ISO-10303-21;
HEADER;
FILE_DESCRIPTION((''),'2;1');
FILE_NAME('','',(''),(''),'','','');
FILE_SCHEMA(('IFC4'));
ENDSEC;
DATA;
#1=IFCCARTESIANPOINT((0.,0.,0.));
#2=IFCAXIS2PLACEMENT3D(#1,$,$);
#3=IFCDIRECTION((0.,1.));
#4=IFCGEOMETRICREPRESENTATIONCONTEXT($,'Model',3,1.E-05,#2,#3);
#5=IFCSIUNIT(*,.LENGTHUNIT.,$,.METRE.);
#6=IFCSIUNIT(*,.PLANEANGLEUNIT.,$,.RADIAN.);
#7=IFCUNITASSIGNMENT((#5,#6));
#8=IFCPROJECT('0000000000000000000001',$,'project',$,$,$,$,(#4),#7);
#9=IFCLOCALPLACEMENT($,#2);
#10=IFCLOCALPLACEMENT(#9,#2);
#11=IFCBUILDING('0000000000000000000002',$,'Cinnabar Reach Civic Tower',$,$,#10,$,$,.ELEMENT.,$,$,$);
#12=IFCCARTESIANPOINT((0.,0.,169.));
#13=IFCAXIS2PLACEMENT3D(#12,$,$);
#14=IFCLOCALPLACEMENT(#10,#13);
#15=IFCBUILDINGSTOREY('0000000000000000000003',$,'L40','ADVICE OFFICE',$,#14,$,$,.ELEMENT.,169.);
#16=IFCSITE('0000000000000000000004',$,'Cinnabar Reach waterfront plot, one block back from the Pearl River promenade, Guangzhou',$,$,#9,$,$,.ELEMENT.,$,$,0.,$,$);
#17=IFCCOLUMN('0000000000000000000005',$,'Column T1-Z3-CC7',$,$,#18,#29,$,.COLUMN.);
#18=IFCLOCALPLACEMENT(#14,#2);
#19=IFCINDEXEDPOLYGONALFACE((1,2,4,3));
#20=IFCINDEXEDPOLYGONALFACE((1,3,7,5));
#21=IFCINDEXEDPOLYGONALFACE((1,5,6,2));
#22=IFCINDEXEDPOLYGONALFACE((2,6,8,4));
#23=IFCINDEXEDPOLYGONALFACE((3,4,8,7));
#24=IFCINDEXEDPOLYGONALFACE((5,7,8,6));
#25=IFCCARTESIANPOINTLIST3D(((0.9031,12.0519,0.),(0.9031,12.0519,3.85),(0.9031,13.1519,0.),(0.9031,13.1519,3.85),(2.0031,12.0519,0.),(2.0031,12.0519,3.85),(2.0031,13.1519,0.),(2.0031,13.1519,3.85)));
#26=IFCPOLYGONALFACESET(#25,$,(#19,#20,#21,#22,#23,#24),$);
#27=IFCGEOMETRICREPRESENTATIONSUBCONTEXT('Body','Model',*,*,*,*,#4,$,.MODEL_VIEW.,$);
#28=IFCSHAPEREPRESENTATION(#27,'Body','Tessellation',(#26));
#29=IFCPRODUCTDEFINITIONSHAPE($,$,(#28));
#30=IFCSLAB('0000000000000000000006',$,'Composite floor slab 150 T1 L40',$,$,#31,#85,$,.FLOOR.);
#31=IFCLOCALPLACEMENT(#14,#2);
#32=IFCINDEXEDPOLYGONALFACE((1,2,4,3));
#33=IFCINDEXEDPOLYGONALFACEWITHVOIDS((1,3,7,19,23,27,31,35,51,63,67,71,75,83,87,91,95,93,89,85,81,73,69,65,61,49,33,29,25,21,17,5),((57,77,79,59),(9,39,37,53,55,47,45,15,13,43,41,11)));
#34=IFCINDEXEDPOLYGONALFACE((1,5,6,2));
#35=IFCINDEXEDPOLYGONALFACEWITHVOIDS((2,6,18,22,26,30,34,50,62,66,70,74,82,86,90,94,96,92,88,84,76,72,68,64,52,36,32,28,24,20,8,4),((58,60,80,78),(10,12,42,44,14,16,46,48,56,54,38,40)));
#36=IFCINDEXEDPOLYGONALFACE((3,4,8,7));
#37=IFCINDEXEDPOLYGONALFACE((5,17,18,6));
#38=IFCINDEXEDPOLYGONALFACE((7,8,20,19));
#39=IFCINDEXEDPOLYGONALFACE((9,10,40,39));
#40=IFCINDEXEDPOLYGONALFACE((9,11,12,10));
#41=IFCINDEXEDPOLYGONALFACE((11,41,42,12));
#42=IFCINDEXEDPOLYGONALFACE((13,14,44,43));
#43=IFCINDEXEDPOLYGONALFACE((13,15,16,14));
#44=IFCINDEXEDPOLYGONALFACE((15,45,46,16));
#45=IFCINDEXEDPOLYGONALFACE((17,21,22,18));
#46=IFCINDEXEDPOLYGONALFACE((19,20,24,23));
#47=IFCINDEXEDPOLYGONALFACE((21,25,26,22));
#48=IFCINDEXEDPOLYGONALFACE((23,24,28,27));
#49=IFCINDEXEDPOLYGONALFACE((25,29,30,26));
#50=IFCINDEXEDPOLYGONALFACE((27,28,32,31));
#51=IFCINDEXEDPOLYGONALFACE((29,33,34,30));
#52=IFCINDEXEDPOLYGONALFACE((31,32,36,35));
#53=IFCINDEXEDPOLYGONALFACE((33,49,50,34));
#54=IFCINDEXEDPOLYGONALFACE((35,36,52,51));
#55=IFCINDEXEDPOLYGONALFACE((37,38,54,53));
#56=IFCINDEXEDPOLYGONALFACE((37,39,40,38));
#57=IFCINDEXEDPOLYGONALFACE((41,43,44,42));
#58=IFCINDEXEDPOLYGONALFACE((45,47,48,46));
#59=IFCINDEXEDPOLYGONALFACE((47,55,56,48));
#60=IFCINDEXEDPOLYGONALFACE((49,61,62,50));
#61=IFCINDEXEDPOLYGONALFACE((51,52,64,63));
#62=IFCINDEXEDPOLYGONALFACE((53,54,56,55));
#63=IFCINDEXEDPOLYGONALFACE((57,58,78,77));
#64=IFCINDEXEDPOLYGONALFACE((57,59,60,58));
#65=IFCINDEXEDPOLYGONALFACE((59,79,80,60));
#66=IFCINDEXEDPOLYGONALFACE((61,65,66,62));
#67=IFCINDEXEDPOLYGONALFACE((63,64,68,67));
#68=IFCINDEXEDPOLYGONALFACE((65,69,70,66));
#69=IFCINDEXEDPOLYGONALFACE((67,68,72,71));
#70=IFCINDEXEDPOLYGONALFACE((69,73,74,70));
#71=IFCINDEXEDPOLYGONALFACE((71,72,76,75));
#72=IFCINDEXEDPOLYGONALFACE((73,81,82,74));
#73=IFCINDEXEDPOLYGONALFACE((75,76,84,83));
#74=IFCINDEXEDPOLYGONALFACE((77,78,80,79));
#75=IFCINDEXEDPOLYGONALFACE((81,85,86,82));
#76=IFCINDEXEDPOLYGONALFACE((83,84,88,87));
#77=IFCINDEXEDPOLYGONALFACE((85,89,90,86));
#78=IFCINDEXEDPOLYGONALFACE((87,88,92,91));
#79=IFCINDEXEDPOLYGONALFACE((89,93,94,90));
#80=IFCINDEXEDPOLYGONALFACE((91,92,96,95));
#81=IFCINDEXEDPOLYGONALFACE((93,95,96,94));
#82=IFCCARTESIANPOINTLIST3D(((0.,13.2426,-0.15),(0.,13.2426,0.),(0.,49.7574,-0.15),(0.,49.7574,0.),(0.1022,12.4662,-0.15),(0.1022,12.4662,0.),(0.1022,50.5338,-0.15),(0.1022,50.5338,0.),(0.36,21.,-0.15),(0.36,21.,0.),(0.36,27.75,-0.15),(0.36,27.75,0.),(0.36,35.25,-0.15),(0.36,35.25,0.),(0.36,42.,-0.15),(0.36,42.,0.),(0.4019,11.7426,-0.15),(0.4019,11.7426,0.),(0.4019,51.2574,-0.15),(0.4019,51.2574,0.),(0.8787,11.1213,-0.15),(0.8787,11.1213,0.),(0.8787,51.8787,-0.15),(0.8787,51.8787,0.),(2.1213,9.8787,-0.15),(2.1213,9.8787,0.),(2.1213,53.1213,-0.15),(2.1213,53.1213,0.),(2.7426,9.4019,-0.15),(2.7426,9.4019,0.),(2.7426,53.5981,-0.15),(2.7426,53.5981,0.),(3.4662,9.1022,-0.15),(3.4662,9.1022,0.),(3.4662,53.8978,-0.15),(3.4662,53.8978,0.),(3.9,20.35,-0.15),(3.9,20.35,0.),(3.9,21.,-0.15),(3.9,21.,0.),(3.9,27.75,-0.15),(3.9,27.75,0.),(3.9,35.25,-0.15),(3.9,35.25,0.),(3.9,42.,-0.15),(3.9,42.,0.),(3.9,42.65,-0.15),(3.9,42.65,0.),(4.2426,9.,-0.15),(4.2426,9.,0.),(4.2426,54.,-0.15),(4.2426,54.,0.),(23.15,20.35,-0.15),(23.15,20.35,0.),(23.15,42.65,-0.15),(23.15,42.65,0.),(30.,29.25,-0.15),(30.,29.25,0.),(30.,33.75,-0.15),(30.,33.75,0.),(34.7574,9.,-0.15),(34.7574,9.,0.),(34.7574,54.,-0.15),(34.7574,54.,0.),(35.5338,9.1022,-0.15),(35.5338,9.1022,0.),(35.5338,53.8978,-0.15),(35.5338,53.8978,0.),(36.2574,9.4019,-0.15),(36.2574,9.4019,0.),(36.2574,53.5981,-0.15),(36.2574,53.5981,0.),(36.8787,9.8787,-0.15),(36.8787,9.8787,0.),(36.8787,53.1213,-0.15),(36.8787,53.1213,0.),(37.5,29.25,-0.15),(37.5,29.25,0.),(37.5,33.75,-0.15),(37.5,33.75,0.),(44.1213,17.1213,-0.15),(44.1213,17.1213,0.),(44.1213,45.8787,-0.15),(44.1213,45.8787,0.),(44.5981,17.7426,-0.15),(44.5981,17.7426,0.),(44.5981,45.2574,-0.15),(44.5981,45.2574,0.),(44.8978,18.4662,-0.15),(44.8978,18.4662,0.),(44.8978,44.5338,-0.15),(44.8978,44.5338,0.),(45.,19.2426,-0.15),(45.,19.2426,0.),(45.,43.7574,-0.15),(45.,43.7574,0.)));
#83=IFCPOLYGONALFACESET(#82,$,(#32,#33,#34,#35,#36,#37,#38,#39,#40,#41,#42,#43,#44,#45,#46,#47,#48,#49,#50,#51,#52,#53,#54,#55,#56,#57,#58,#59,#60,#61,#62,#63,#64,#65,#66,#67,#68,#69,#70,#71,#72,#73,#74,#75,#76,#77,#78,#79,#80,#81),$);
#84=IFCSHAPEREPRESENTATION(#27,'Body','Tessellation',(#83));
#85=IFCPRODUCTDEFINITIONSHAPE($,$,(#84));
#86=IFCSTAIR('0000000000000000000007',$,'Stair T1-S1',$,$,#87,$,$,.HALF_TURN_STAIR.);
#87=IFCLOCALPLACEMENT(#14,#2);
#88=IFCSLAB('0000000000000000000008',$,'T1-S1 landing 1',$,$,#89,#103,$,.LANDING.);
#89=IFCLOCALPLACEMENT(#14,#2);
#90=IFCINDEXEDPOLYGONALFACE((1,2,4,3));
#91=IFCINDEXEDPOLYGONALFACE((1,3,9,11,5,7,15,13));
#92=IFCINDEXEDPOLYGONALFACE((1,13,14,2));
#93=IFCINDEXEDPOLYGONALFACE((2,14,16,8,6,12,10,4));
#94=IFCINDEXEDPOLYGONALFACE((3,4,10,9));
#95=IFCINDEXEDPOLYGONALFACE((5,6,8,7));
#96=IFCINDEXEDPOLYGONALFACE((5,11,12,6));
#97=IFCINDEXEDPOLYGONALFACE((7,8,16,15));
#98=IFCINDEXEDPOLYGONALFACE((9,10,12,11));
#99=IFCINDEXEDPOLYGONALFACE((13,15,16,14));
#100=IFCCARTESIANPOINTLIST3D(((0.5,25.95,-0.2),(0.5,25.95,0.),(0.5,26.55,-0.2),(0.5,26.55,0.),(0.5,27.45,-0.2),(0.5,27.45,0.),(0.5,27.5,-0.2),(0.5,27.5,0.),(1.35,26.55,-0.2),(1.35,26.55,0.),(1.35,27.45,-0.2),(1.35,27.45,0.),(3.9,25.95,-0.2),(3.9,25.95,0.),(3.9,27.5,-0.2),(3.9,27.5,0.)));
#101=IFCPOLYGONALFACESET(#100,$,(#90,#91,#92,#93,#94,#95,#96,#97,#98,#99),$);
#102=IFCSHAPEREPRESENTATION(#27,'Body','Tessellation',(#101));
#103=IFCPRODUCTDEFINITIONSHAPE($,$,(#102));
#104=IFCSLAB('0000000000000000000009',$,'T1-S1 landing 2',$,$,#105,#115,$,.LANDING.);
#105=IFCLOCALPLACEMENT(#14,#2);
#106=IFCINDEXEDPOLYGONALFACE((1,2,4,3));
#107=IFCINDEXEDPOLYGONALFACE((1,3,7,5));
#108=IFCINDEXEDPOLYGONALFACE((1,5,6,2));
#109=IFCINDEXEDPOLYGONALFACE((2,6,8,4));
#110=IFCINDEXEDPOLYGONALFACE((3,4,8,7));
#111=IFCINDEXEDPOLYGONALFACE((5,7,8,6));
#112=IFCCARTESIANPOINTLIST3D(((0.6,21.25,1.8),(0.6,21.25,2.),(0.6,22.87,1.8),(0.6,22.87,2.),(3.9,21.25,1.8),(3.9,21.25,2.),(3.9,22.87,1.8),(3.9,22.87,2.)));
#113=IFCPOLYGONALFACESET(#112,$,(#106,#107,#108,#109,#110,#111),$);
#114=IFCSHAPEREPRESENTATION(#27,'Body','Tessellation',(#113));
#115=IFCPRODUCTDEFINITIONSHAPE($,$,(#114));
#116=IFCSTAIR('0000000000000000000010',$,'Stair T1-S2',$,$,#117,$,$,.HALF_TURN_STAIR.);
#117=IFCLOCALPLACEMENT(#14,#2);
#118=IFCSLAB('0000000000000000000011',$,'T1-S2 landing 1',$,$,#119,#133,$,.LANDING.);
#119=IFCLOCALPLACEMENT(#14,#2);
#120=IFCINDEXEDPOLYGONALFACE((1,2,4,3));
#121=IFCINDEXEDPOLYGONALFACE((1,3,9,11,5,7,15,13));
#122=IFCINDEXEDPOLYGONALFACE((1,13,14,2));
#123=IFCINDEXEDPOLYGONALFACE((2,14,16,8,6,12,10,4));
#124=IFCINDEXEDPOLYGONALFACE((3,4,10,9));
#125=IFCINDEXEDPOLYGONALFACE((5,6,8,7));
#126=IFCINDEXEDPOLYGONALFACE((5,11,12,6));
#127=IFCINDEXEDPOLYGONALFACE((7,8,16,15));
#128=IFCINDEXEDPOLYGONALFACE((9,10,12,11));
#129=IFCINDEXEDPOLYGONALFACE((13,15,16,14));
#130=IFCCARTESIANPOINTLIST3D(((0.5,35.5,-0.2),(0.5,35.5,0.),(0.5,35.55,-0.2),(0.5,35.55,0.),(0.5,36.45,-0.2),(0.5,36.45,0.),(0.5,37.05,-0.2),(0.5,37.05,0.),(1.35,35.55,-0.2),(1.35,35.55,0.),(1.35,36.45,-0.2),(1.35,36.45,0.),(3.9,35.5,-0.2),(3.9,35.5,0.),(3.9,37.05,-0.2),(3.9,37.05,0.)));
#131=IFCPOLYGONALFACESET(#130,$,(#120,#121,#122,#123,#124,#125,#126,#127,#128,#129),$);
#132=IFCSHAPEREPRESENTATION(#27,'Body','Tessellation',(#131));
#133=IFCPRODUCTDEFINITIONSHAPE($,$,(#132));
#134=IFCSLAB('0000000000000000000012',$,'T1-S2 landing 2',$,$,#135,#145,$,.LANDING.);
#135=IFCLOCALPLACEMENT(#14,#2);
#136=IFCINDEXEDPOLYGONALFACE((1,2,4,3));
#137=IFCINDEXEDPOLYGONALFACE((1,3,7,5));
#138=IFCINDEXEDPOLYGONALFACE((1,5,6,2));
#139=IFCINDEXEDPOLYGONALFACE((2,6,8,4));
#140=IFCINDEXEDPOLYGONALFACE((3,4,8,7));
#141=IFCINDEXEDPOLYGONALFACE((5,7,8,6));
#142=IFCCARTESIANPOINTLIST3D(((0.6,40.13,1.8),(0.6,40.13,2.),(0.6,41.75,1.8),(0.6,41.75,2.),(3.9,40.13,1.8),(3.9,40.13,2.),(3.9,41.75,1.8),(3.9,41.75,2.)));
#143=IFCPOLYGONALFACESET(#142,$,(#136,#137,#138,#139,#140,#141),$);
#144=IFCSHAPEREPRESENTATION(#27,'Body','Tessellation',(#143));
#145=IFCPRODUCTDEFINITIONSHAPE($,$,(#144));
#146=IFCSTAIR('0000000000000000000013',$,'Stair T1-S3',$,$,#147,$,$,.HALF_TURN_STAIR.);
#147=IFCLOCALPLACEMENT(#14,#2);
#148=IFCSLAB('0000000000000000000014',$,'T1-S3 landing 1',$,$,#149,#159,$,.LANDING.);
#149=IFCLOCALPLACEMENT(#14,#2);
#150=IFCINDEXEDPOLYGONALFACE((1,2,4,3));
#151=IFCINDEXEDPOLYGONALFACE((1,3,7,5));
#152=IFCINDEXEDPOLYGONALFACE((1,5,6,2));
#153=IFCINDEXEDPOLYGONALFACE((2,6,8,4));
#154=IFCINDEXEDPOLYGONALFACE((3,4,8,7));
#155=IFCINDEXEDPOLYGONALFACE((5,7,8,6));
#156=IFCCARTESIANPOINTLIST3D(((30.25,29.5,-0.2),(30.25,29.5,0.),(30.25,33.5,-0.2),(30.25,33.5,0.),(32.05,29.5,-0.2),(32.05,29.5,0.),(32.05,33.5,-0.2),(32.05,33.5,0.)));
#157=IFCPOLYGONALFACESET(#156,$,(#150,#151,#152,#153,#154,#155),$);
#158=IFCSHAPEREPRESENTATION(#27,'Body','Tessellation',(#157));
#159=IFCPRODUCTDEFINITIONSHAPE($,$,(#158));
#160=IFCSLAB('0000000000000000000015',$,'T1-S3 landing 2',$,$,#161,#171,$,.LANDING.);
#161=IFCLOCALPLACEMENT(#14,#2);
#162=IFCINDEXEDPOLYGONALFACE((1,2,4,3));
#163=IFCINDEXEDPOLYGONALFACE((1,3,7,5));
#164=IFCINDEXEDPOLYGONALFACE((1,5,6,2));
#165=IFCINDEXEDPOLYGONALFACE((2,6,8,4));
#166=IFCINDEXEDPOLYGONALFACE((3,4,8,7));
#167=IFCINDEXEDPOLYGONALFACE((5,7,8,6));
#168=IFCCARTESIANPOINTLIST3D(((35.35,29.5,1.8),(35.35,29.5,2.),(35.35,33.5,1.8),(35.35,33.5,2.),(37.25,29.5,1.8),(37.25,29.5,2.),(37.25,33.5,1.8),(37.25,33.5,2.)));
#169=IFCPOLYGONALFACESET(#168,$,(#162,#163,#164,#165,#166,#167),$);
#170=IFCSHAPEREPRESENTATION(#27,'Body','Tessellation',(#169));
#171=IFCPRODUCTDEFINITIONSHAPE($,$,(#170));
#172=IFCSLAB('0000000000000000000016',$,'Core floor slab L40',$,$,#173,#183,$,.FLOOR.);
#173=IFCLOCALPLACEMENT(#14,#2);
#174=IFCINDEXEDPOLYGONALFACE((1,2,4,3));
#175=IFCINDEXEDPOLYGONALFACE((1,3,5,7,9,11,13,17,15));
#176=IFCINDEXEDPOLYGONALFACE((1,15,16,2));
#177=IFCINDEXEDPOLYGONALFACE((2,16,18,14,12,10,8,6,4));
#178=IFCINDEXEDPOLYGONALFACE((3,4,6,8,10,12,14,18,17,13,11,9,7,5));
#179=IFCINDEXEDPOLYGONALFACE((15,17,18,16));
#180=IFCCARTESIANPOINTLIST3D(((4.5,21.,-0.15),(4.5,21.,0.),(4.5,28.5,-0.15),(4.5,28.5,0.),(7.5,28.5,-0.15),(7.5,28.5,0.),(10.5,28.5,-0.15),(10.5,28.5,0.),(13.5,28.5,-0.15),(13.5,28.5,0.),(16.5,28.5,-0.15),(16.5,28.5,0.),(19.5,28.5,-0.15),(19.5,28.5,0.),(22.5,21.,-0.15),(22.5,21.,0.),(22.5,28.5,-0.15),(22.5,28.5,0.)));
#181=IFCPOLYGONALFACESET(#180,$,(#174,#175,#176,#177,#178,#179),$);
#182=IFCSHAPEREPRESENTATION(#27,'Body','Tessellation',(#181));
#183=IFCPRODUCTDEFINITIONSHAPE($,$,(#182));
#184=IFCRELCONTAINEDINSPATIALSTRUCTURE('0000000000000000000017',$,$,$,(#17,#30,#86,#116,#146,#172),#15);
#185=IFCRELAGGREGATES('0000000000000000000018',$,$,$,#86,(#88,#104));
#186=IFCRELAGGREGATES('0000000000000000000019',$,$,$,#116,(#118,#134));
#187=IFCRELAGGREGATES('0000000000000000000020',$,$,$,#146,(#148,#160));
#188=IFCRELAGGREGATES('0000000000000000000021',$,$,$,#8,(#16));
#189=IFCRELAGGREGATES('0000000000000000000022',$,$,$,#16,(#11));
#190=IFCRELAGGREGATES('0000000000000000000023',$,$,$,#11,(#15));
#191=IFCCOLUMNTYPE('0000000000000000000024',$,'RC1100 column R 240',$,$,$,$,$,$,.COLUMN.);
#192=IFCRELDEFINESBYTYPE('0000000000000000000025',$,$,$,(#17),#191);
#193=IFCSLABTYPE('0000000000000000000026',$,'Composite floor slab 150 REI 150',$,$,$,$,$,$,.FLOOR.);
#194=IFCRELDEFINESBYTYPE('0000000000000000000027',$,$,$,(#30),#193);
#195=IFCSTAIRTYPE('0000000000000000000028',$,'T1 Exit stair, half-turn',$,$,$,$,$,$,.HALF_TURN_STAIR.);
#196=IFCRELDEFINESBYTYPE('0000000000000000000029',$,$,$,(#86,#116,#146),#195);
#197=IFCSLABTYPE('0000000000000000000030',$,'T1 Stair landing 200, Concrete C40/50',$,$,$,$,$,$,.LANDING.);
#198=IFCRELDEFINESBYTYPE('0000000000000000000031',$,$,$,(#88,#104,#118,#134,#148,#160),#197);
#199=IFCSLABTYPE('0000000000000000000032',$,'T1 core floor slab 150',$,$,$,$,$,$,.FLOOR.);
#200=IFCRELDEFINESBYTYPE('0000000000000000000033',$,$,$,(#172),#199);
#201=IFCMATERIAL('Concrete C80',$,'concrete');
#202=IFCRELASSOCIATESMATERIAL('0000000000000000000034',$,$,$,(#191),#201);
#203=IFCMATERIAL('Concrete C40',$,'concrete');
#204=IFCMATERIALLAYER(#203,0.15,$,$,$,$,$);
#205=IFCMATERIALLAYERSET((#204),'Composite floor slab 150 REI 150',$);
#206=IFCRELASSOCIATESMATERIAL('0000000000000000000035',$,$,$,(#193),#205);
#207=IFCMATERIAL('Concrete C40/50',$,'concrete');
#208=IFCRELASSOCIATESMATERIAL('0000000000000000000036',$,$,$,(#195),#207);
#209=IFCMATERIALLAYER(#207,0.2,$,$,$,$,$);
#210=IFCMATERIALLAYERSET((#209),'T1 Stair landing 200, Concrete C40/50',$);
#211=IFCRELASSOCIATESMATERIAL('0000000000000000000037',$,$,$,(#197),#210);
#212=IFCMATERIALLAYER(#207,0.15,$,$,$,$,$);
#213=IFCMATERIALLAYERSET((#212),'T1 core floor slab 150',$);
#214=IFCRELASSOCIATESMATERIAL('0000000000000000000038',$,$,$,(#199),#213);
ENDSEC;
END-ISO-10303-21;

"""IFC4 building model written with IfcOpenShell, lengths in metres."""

from ifc_helpers import new_model, si_unit, direction, frame, origin, origin_2d, place, context, subcontext, project, spatial, polyline, rectangle, outline, extrude, material, layer, layer_set, material_profile, profile_set, type_object, element, aggregate, save


model = new_model("IFC4")

# Units and contexts
model_context = context("Model", 3, precision=1e-05, world=origin(), true_north=direction((0.0, 1.0)))
body_context = subcontext(model_context, "Body", "Model", "MODEL_VIEW")
ifc_project = project(units=[si_unit("LENGTHUNIT", "METRE"), si_unit("PLANEANGLEUNIT", "RADIAN")], contexts=[model_context])

# Site, building, storey
site_placement = place(None, origin())
site = spatial("IfcSite", under=ifc_project, at=site_placement, Name="Cinnabar Reach waterfront plot, one block back from the Pearl River promenade, Guangzhou", CompositionType="ELEMENT", RefElevation=0.0)
building_placement = place(site_placement, origin())
building = spatial("IfcBuilding", under=site, at=building_placement, Name="Cinnabar Reach Civic Tower", CompositionType="ELEMENT")
storey_placement = place(building_placement, frame((0.0, 0.0, 169.0)))
storey = spatial("IfcBuildingStorey", under=building, at=storey_placement, Name="L40", Description="ADVICE OFFICE", CompositionType="ELEMENT", Elevation=169.0)

# Column
ifc_material_1 = material(Name="Concrete C80", Category="concrete")
ifc_material_profile = material_profile(ifc_material_1, rectangle(XDim=1.1, YDim=1.1, at=origin_2d()), Name="RC1100")
ifc_profile_set = profile_set([ifc_material_profile], Name="Concrete C80")
column_type = type_object("IfcColumnType", Name="RC1100 column R 240", PredefinedType="COLUMN", material=ifc_profile_set)
column_placement = place(storey_placement, frame((1.4531, 12.6019, 0.0), z_axis=(0.0, 0.0, 1.0), x_axis=(1.0, 0.0, 0.0)))
element("IfcColumn", 1, at=column_placement, inside=storey, type_object=column_type, Name="Column T1-Z3-CC7", PredefinedType="COLUMN", context=body_context, shape_type="SweptSolid", body=[
    extrude(rectangle(XDim=1.1, YDim=1.1, at=origin_2d()), origin(), (0.0, 0.0, 1.0), 3.85),
])

# Slab
ifc_material_2 = material(Name="Concrete C40", Category="concrete")
ifc_layer_1 = layer(ifc_material_2, 0.15)
ifc_layer_set_1 = layer_set([ifc_layer_1], Name="Composite floor slab 150 REI 150")
slab_type_1 = type_object("IfcSlabType", Name="Composite floor slab 150 REI 150", PredefinedType="FLOOR", material=ifc_layer_set_1)
slab_1_placement = place(storey_placement, frame((0.0, 0.0, -0.15)))
element("IfcSlab", 2, at=slab_1_placement, inside=storey, type_object=slab_type_1, Name="Composite floor slab 150 T1 L40", PredefinedType="FLOOR", context=body_context, shape_type="SweptSolid", body=[
    extrude(outline(polyline([(0.8787, 11.1213), (0.4019, 11.7426), (0.1022, 12.4662), (0.0, 13.2426), (0.0, 49.7574), (0.1022, 50.5338), (0.4019, 51.2574), (0.8787, 51.8787), (2.1213, 53.1213), (2.7426, 53.5981), (3.4662, 53.8978), (4.2426, 54.0), (34.7574, 54.0), (35.5338, 53.8978), (36.2574, 53.5981), (36.8787, 53.1213), (44.1213, 45.8787), (44.5981, 45.2574), (44.8978, 44.5338), (45.0, 43.7574), (45.0, 19.2426), (44.8978, 18.4662), (44.5981, 17.7426), (44.1213, 17.1213), (36.8787, 9.8787), (36.2574, 9.4019), (35.5338, 9.1022), (34.7574, 9.0), (4.2426, 9.0), (3.4662, 9.1022), (2.7426, 9.4019), (2.1213, 9.8787), (0.8787, 11.1213)]), holes=[polyline([(0.36, 21.0), (3.9, 21.0), (3.9, 20.35), (23.15, 20.35), (23.15, 42.65), (3.9, 42.65), (3.9, 42.0), (0.36, 42.0), (0.36, 35.25), (3.9, 35.25), (3.9, 27.75), (0.36, 27.75), (0.36, 21.0)]), polyline([(30.0, 33.75), (30.0, 29.25), (37.5, 29.25), (37.5, 33.75), (30.0, 33.75)])]), origin(), (0.0, 0.0, 1.0), 0.15),
])

# Stairs, slabs
ifc_material_3 = material(Name="Concrete C40/50", Category="concrete")
stair_type = type_object("IfcStairType", Name="T1 Exit stair, half-turn", PredefinedType="HALF_TURN_STAIR", material=ifc_material_3)
stair_1_placement = place(storey_placement, origin())
stair_1 = element("IfcStair", 3, at=stair_1_placement, inside=storey, type_object=stair_type, Name="Stair T1-S1", PredefinedType="HALF_TURN_STAIR")
ifc_layer_2 = layer(ifc_material_3, 0.2)
ifc_layer_set_2 = layer_set([ifc_layer_2], Name="T1 Stair landing 200, Concrete C40/50")
slab_type_2 = type_object("IfcSlabType", Name="T1 Stair landing 200, Concrete C40/50", PredefinedType="LANDING", material=ifc_layer_set_2)
slab_2_placement = place(storey_placement, frame((0.0, 0.0, -0.2)))
slab_2 = element("IfcSlab", 4, at=slab_2_placement, type_object=slab_type_2, Name="T1-S1 landing 1", PredefinedType="LANDING", context=body_context, shape_type="SweptSolid", body=[
    extrude(outline(polyline([(0.5, 27.5), (3.9, 27.5), (3.9, 25.95), (0.5, 25.95), (0.5, 26.55), (1.35, 26.55), (1.35, 27.45), (0.5, 27.45), (0.5, 27.5)])), origin(), (0.0, 0.0, 1.0), 0.2),
])
slab_3_placement = place(storey_placement, frame((0.0, 0.0, 1.8)))
slab_3 = element("IfcSlab", 5, at=slab_3_placement, type_object=slab_type_2, Name="T1-S1 landing 2", PredefinedType="LANDING", context=body_context, shape_type="SweptSolid", body=[
    extrude(outline(polyline([(0.6, 21.25), (0.6, 22.87), (3.9, 22.87), (3.9, 21.25), (0.6, 21.25)])), origin(), (0.0, 0.0, 1.0), 0.2),
])
aggregate(stair_1, [slab_2, slab_3])
stair_2_placement = place(storey_placement, origin())
stair_2 = element("IfcStair", 6, at=stair_2_placement, inside=storey, type_object=stair_type, Name="Stair T1-S2", PredefinedType="HALF_TURN_STAIR")
slab_4_placement = place(storey_placement, frame((0.0, 0.0, -0.2)))
slab_4 = element("IfcSlab", 7, at=slab_4_placement, type_object=slab_type_2, Name="T1-S2 landing 1", PredefinedType="LANDING", context=body_context, shape_type="SweptSolid", body=[
    extrude(outline(polyline([(0.5, 37.05), (3.9, 37.05), (3.9, 35.5), (0.5, 35.5), (0.5, 35.55), (1.35, 35.55), (1.35, 36.45), (0.5, 36.45), (0.5, 37.05)])), origin(), (0.0, 0.0, 1.0), 0.2),
])
slab_5_placement = place(storey_placement, frame((0.0, 0.0, 1.8)))
slab_5 = element("IfcSlab", 8, at=slab_5_placement, type_object=slab_type_2, Name="T1-S2 landing 2", PredefinedType="LANDING", context=body_context, shape_type="SweptSolid", body=[
    extrude(outline(polyline([(0.6, 40.13), (0.6, 41.75), (3.9, 41.75), (3.9, 40.13), (0.6, 40.13)])), origin(), (0.0, 0.0, 1.0), 0.2),
])
aggregate(stair_2, [slab_4, slab_5])
stair_3_placement = place(storey_placement, origin())
stair_3 = element("IfcStair", 9, at=stair_3_placement, inside=storey, type_object=stair_type, Name="Stair T1-S3", PredefinedType="HALF_TURN_STAIR")
slab_6_placement = place(storey_placement, frame((0.0, 0.0, -0.2)))
slab_6 = element("IfcSlab", 10, at=slab_6_placement, type_object=slab_type_2, Name="T1-S3 landing 1", PredefinedType="LANDING", context=body_context, shape_type="SweptSolid", body=[
    extrude(outline(polyline([(30.25, 29.5), (32.05, 29.5), (32.05, 33.5), (30.25, 33.5), (30.25, 29.5)])), origin(), (0.0, 0.0, 1.0), 0.2),
])
slab_7_placement = place(storey_placement, frame((0.0, 0.0, 1.8)))
slab_7 = element("IfcSlab", 11, at=slab_7_placement, type_object=slab_type_2, Name="T1-S3 landing 2", PredefinedType="LANDING", context=body_context, shape_type="SweptSolid", body=[
    extrude(outline(polyline([(35.35, 29.5), (37.25, 29.5), (37.25, 33.5), (35.35, 33.5), (35.35, 29.5)])), origin(), (0.0, 0.0, 1.0), 0.2),
])
aggregate(stair_3, [slab_6, slab_7])

# Slab
ifc_layer_3 = layer(ifc_material_3, 0.15)
ifc_layer_set_3 = layer_set([ifc_layer_3], Name="T1 core floor slab 150")
slab_type_3 = type_object("IfcSlabType", Name="T1 core floor slab 150", PredefinedType="FLOOR", material=ifc_layer_set_3)
slab_8_placement = place(storey_placement, frame((0.0, 0.0, -0.15)))
element("IfcSlab", 12, at=slab_8_placement, inside=storey, type_object=slab_type_3, Name="Core floor slab L40", PredefinedType="FLOOR", context=body_context, shape_type="SweptSolid", body=[
    extrude(outline(polyline([(22.5, 21.0), (4.5, 21.0), (4.5, 28.5), (7.5, 28.5), (10.5, 28.5), (13.5, 28.5), (16.5, 28.5), (19.5, 28.5), (22.5, 28.5), (22.5, 21.0)])), origin(), (0.0, 0.0, 1.0), 0.15),
])

save(model, "model.ifc")
